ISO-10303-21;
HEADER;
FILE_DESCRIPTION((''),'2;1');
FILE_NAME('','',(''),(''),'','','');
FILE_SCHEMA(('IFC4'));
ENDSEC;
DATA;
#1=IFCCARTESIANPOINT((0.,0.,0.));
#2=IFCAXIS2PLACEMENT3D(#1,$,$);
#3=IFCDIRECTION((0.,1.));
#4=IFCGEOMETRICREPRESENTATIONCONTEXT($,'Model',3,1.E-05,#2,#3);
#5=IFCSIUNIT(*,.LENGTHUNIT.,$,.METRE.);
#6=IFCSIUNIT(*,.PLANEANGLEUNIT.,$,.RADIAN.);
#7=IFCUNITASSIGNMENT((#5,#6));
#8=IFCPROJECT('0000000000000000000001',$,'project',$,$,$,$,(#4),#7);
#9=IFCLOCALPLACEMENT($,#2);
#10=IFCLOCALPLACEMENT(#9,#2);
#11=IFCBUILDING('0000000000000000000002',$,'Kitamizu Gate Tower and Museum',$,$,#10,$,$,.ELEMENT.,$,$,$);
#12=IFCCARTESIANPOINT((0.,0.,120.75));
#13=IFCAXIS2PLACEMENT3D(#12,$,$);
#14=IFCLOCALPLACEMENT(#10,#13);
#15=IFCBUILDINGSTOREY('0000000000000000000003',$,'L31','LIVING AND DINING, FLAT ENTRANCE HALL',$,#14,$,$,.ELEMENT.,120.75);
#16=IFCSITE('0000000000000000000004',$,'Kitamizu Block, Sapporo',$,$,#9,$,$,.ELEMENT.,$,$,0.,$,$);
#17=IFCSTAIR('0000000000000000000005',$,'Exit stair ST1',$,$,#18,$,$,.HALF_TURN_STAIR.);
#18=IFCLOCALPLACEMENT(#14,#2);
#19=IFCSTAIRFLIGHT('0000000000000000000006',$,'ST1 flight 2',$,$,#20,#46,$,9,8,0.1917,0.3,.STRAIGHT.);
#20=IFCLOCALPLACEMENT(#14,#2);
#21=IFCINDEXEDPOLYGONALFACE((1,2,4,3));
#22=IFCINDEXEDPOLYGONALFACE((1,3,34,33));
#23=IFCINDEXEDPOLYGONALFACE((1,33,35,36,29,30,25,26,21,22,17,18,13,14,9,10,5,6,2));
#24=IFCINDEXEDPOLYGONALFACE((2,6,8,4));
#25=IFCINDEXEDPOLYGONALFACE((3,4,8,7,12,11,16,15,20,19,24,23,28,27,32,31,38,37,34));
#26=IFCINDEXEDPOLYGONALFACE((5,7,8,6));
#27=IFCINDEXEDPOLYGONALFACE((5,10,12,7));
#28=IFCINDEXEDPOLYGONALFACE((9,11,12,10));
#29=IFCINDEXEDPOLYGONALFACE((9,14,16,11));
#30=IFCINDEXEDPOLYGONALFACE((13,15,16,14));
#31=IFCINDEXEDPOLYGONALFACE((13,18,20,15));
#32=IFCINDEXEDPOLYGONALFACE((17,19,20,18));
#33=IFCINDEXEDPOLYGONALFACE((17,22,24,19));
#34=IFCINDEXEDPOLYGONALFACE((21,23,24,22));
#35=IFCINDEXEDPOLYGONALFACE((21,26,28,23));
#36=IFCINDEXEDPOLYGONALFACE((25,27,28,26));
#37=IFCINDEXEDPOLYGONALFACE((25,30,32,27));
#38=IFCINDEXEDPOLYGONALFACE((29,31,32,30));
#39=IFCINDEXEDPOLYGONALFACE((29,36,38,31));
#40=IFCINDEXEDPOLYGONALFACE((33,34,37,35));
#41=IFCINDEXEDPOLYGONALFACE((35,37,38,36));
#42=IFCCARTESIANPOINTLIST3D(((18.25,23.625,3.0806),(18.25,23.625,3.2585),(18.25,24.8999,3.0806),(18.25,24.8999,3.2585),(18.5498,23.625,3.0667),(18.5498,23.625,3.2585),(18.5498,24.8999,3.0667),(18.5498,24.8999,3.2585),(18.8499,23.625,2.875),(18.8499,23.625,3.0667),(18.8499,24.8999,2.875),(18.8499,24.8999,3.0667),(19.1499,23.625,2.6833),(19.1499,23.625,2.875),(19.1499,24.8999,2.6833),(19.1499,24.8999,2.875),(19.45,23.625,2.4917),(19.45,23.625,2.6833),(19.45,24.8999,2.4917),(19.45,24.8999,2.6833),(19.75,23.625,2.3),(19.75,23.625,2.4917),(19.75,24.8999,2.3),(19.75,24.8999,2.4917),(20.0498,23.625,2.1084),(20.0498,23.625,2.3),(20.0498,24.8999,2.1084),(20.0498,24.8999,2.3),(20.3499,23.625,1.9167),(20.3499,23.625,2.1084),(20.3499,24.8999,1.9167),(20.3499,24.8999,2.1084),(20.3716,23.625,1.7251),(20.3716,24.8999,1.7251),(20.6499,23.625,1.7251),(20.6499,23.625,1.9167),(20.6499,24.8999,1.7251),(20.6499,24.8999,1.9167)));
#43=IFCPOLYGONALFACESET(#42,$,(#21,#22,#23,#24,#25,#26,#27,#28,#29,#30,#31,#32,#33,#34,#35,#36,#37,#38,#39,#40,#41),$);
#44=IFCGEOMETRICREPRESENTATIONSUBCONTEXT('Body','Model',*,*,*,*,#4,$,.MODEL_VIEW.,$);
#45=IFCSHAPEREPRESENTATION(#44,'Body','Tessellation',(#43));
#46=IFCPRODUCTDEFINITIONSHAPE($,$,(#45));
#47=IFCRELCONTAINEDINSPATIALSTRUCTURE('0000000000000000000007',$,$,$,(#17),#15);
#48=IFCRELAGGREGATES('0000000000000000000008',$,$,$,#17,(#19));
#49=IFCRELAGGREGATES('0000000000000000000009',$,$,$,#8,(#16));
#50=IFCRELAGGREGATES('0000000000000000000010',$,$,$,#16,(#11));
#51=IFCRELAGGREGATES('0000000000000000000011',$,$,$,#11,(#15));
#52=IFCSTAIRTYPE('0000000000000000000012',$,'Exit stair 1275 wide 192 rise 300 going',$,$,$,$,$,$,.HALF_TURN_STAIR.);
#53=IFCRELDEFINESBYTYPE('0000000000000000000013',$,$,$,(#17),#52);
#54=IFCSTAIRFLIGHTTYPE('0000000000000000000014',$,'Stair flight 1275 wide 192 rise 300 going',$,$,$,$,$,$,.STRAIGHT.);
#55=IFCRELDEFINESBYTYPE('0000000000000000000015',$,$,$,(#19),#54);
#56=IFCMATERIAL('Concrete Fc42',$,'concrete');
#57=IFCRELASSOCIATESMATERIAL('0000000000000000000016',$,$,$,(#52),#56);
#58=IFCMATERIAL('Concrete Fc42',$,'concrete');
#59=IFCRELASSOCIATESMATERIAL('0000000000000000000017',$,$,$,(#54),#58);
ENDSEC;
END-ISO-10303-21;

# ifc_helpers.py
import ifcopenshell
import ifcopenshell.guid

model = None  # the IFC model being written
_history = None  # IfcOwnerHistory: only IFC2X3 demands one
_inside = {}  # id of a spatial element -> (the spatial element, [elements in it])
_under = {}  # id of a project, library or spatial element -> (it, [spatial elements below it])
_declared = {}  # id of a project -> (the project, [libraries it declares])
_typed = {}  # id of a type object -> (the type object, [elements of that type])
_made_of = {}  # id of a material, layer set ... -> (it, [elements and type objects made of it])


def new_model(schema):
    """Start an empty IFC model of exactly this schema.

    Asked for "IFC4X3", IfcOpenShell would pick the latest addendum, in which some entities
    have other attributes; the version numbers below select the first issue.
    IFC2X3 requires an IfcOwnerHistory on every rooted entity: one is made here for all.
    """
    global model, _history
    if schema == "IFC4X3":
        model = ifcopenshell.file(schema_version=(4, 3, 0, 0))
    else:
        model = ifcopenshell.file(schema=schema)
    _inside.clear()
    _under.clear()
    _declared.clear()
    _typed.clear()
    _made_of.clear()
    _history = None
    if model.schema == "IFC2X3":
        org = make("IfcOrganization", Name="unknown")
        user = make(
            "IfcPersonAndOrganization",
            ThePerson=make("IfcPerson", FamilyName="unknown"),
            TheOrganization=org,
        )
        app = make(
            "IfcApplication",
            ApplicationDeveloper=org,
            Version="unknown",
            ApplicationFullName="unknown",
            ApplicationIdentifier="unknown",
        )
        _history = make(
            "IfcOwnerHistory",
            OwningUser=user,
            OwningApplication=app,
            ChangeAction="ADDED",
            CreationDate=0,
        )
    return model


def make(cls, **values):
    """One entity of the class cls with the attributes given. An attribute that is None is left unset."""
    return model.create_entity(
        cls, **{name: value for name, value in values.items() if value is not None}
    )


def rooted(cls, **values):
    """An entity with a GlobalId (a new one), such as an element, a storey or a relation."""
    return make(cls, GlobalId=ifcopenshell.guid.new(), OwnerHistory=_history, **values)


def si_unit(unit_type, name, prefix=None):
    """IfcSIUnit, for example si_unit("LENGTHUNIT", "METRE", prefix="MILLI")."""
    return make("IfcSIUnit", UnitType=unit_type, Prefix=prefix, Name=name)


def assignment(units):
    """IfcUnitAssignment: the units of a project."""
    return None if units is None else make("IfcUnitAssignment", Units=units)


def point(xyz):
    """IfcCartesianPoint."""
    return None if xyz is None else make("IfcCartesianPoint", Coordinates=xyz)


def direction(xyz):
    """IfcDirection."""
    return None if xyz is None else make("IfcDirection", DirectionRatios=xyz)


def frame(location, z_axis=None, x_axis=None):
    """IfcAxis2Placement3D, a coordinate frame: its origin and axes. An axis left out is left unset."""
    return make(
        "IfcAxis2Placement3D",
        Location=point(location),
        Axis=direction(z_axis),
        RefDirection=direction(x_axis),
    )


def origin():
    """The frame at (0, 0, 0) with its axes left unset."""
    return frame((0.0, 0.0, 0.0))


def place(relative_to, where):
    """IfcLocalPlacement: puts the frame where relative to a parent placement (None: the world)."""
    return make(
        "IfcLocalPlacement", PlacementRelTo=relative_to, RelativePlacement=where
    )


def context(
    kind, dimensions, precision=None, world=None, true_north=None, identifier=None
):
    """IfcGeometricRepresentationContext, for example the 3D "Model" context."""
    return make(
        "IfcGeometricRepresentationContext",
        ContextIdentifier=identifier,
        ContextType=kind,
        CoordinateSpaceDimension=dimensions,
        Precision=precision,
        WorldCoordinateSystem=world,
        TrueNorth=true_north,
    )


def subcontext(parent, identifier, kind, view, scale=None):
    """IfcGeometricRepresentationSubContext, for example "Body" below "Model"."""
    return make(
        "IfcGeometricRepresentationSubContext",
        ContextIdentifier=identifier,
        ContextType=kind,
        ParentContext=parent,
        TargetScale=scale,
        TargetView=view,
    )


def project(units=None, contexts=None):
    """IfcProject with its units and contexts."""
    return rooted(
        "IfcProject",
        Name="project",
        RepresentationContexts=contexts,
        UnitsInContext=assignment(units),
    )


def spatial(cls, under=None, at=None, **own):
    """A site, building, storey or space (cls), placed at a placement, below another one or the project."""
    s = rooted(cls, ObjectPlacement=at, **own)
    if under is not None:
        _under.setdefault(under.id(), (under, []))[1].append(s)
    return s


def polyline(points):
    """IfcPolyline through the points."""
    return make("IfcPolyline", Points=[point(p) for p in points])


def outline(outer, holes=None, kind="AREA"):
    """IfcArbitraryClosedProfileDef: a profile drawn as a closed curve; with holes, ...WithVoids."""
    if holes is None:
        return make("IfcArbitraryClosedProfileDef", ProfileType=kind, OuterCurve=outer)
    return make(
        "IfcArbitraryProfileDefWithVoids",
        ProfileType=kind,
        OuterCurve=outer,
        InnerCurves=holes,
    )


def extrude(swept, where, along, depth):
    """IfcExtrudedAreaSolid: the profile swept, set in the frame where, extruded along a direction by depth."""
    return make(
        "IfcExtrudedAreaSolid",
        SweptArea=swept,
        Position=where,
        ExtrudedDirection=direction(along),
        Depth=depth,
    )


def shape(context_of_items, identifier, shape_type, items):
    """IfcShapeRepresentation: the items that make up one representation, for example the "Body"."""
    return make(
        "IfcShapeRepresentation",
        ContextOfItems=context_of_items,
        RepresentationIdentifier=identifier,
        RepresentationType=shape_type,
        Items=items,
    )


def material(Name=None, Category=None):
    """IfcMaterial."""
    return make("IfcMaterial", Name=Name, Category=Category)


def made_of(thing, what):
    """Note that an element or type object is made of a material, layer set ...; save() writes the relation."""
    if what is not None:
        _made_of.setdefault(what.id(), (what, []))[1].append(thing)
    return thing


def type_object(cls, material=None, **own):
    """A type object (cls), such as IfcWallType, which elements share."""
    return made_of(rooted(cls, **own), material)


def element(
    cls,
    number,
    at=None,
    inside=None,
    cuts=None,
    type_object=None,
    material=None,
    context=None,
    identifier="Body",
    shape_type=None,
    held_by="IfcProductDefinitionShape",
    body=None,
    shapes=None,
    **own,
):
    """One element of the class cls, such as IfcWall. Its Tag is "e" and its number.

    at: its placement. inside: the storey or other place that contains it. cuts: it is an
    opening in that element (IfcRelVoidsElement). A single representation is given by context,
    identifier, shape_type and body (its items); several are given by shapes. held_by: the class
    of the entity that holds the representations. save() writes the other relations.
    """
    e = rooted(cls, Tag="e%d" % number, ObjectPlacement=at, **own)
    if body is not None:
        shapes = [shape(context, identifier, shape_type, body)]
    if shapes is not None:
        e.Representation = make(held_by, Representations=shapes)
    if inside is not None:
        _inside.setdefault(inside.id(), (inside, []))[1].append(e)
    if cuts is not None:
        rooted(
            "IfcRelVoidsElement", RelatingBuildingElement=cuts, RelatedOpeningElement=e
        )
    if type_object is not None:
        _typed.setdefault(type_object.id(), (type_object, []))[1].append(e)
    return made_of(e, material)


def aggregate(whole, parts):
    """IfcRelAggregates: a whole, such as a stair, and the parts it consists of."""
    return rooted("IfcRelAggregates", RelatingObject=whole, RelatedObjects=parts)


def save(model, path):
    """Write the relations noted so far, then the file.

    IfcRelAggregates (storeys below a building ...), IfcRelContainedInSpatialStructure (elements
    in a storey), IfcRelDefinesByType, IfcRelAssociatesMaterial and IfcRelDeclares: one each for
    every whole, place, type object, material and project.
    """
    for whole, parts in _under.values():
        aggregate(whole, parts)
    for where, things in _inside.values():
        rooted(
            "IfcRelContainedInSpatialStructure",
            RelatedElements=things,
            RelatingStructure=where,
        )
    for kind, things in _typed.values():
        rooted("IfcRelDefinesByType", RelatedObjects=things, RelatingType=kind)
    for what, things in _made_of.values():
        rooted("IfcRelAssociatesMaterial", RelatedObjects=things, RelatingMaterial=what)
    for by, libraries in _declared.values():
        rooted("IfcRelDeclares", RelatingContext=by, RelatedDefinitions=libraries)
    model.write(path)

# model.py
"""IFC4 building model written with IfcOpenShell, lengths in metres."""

from ifc_helpers import new_model, si_unit, direction, frame, origin, place, context, subcontext, project, spatial, polyline, outline, extrude, material, type_object, element, aggregate, save


model = new_model("IFC4")

# Units and contexts
model_context = context("Model", 3, precision=1e-05, world=origin(), true_north=direction((0.0, 1.0)))
body_context = subcontext(model_context, "Body", "Model", "MODEL_VIEW")
ifc_project = project(units=[si_unit("LENGTHUNIT", "METRE"), si_unit("PLANEANGLEUNIT", "RADIAN")], contexts=[model_context])

# Site, building, storey
site_placement = place(None, origin())
site = spatial("IfcSite", under=ifc_project, at=site_placement, Name="Kitamizu Block, Sapporo", CompositionType="ELEMENT", RefElevation=0.0)
building_placement = place(site_placement, origin())
building = spatial("IfcBuilding", under=site, at=building_placement, Name="Kitamizu Gate Tower and Museum", CompositionType="ELEMENT")
storey_placement = place(building_placement, frame((0.0, 0.0, 120.75)))
storey = spatial("IfcBuildingStorey", under=building, at=storey_placement, Name="L31", Description="LIVING AND DINING, FLAT ENTRANCE HALL", CompositionType="ELEMENT", Elevation=120.75)

# Stair, stair flight
ifc_material_1 = material(Name="Concrete Fc42", Category="concrete")
stair_type = type_object("IfcStairType", Name="Exit stair 1275 wide 192 rise 300 going", PredefinedType="HALF_TURN_STAIR", material=ifc_material_1)
stair_placement = place(storey_placement, origin())
stair = element("IfcStair", 1, at=stair_placement, inside=storey, type_object=stair_type, Name="Exit stair ST1", PredefinedType="HALF_TURN_STAIR")
ifc_material_2 = material(Name="Concrete Fc42", Category="concrete")
stair_flight_type = type_object("IfcStairFlightType", Name="Stair flight 1275 wide 192 rise 300 going", PredefinedType="STRAIGHT", material=ifc_material_2)
stair_flight_1_placement = place(storey_placement, frame((20.6499, 24.2625, 1.7251), z_axis=(0.0, 0.0, 1.0), x_axis=(-1.0, 0.0, 0.0)))
stair_flight_1 = element("IfcStairFlight", 2, at=stair_flight_1_placement, type_object=stair_flight_type, Name="ST1 flight 2", NumberOfRisers=9, NumberOfTreads=8, PredefinedType="STRAIGHT", RiserHeight=0.1917, TreadLength=0.3, context=body_context, shape_type="SweptSolid", body=[
    extrude(outline(polyline([(0.0, 0.0), (0.0, 0.1917), (0.3, 0.1917), (0.3, 0.3833), (0.6001, 0.3833), (0.6001, 0.575), (0.8999, 0.575), (0.8999, 0.7666), (1.2, 0.7666), (1.2, 0.9583), (1.5, 0.9583), (1.5, 1.1499), (1.8, 1.1499), (1.8, 1.3416), (2.1001, 1.3416), (2.1001, 1.5334), (2.3999, 1.5334), (2.3999, 1.7251), (2.3999, 1.3555), (0.2783, 0.0), (0.0, 0.0)])), frame((0.0, 0.6375, 0.0), z_axis=(0.0, -1.0, 0.0), x_axis=(1.0, 0.0, 0.0)), (0.0, 0.0, 1.0), 1.2749),
])
aggregate(stair, [stair_flight_1])

save(model, "model.ifc")
